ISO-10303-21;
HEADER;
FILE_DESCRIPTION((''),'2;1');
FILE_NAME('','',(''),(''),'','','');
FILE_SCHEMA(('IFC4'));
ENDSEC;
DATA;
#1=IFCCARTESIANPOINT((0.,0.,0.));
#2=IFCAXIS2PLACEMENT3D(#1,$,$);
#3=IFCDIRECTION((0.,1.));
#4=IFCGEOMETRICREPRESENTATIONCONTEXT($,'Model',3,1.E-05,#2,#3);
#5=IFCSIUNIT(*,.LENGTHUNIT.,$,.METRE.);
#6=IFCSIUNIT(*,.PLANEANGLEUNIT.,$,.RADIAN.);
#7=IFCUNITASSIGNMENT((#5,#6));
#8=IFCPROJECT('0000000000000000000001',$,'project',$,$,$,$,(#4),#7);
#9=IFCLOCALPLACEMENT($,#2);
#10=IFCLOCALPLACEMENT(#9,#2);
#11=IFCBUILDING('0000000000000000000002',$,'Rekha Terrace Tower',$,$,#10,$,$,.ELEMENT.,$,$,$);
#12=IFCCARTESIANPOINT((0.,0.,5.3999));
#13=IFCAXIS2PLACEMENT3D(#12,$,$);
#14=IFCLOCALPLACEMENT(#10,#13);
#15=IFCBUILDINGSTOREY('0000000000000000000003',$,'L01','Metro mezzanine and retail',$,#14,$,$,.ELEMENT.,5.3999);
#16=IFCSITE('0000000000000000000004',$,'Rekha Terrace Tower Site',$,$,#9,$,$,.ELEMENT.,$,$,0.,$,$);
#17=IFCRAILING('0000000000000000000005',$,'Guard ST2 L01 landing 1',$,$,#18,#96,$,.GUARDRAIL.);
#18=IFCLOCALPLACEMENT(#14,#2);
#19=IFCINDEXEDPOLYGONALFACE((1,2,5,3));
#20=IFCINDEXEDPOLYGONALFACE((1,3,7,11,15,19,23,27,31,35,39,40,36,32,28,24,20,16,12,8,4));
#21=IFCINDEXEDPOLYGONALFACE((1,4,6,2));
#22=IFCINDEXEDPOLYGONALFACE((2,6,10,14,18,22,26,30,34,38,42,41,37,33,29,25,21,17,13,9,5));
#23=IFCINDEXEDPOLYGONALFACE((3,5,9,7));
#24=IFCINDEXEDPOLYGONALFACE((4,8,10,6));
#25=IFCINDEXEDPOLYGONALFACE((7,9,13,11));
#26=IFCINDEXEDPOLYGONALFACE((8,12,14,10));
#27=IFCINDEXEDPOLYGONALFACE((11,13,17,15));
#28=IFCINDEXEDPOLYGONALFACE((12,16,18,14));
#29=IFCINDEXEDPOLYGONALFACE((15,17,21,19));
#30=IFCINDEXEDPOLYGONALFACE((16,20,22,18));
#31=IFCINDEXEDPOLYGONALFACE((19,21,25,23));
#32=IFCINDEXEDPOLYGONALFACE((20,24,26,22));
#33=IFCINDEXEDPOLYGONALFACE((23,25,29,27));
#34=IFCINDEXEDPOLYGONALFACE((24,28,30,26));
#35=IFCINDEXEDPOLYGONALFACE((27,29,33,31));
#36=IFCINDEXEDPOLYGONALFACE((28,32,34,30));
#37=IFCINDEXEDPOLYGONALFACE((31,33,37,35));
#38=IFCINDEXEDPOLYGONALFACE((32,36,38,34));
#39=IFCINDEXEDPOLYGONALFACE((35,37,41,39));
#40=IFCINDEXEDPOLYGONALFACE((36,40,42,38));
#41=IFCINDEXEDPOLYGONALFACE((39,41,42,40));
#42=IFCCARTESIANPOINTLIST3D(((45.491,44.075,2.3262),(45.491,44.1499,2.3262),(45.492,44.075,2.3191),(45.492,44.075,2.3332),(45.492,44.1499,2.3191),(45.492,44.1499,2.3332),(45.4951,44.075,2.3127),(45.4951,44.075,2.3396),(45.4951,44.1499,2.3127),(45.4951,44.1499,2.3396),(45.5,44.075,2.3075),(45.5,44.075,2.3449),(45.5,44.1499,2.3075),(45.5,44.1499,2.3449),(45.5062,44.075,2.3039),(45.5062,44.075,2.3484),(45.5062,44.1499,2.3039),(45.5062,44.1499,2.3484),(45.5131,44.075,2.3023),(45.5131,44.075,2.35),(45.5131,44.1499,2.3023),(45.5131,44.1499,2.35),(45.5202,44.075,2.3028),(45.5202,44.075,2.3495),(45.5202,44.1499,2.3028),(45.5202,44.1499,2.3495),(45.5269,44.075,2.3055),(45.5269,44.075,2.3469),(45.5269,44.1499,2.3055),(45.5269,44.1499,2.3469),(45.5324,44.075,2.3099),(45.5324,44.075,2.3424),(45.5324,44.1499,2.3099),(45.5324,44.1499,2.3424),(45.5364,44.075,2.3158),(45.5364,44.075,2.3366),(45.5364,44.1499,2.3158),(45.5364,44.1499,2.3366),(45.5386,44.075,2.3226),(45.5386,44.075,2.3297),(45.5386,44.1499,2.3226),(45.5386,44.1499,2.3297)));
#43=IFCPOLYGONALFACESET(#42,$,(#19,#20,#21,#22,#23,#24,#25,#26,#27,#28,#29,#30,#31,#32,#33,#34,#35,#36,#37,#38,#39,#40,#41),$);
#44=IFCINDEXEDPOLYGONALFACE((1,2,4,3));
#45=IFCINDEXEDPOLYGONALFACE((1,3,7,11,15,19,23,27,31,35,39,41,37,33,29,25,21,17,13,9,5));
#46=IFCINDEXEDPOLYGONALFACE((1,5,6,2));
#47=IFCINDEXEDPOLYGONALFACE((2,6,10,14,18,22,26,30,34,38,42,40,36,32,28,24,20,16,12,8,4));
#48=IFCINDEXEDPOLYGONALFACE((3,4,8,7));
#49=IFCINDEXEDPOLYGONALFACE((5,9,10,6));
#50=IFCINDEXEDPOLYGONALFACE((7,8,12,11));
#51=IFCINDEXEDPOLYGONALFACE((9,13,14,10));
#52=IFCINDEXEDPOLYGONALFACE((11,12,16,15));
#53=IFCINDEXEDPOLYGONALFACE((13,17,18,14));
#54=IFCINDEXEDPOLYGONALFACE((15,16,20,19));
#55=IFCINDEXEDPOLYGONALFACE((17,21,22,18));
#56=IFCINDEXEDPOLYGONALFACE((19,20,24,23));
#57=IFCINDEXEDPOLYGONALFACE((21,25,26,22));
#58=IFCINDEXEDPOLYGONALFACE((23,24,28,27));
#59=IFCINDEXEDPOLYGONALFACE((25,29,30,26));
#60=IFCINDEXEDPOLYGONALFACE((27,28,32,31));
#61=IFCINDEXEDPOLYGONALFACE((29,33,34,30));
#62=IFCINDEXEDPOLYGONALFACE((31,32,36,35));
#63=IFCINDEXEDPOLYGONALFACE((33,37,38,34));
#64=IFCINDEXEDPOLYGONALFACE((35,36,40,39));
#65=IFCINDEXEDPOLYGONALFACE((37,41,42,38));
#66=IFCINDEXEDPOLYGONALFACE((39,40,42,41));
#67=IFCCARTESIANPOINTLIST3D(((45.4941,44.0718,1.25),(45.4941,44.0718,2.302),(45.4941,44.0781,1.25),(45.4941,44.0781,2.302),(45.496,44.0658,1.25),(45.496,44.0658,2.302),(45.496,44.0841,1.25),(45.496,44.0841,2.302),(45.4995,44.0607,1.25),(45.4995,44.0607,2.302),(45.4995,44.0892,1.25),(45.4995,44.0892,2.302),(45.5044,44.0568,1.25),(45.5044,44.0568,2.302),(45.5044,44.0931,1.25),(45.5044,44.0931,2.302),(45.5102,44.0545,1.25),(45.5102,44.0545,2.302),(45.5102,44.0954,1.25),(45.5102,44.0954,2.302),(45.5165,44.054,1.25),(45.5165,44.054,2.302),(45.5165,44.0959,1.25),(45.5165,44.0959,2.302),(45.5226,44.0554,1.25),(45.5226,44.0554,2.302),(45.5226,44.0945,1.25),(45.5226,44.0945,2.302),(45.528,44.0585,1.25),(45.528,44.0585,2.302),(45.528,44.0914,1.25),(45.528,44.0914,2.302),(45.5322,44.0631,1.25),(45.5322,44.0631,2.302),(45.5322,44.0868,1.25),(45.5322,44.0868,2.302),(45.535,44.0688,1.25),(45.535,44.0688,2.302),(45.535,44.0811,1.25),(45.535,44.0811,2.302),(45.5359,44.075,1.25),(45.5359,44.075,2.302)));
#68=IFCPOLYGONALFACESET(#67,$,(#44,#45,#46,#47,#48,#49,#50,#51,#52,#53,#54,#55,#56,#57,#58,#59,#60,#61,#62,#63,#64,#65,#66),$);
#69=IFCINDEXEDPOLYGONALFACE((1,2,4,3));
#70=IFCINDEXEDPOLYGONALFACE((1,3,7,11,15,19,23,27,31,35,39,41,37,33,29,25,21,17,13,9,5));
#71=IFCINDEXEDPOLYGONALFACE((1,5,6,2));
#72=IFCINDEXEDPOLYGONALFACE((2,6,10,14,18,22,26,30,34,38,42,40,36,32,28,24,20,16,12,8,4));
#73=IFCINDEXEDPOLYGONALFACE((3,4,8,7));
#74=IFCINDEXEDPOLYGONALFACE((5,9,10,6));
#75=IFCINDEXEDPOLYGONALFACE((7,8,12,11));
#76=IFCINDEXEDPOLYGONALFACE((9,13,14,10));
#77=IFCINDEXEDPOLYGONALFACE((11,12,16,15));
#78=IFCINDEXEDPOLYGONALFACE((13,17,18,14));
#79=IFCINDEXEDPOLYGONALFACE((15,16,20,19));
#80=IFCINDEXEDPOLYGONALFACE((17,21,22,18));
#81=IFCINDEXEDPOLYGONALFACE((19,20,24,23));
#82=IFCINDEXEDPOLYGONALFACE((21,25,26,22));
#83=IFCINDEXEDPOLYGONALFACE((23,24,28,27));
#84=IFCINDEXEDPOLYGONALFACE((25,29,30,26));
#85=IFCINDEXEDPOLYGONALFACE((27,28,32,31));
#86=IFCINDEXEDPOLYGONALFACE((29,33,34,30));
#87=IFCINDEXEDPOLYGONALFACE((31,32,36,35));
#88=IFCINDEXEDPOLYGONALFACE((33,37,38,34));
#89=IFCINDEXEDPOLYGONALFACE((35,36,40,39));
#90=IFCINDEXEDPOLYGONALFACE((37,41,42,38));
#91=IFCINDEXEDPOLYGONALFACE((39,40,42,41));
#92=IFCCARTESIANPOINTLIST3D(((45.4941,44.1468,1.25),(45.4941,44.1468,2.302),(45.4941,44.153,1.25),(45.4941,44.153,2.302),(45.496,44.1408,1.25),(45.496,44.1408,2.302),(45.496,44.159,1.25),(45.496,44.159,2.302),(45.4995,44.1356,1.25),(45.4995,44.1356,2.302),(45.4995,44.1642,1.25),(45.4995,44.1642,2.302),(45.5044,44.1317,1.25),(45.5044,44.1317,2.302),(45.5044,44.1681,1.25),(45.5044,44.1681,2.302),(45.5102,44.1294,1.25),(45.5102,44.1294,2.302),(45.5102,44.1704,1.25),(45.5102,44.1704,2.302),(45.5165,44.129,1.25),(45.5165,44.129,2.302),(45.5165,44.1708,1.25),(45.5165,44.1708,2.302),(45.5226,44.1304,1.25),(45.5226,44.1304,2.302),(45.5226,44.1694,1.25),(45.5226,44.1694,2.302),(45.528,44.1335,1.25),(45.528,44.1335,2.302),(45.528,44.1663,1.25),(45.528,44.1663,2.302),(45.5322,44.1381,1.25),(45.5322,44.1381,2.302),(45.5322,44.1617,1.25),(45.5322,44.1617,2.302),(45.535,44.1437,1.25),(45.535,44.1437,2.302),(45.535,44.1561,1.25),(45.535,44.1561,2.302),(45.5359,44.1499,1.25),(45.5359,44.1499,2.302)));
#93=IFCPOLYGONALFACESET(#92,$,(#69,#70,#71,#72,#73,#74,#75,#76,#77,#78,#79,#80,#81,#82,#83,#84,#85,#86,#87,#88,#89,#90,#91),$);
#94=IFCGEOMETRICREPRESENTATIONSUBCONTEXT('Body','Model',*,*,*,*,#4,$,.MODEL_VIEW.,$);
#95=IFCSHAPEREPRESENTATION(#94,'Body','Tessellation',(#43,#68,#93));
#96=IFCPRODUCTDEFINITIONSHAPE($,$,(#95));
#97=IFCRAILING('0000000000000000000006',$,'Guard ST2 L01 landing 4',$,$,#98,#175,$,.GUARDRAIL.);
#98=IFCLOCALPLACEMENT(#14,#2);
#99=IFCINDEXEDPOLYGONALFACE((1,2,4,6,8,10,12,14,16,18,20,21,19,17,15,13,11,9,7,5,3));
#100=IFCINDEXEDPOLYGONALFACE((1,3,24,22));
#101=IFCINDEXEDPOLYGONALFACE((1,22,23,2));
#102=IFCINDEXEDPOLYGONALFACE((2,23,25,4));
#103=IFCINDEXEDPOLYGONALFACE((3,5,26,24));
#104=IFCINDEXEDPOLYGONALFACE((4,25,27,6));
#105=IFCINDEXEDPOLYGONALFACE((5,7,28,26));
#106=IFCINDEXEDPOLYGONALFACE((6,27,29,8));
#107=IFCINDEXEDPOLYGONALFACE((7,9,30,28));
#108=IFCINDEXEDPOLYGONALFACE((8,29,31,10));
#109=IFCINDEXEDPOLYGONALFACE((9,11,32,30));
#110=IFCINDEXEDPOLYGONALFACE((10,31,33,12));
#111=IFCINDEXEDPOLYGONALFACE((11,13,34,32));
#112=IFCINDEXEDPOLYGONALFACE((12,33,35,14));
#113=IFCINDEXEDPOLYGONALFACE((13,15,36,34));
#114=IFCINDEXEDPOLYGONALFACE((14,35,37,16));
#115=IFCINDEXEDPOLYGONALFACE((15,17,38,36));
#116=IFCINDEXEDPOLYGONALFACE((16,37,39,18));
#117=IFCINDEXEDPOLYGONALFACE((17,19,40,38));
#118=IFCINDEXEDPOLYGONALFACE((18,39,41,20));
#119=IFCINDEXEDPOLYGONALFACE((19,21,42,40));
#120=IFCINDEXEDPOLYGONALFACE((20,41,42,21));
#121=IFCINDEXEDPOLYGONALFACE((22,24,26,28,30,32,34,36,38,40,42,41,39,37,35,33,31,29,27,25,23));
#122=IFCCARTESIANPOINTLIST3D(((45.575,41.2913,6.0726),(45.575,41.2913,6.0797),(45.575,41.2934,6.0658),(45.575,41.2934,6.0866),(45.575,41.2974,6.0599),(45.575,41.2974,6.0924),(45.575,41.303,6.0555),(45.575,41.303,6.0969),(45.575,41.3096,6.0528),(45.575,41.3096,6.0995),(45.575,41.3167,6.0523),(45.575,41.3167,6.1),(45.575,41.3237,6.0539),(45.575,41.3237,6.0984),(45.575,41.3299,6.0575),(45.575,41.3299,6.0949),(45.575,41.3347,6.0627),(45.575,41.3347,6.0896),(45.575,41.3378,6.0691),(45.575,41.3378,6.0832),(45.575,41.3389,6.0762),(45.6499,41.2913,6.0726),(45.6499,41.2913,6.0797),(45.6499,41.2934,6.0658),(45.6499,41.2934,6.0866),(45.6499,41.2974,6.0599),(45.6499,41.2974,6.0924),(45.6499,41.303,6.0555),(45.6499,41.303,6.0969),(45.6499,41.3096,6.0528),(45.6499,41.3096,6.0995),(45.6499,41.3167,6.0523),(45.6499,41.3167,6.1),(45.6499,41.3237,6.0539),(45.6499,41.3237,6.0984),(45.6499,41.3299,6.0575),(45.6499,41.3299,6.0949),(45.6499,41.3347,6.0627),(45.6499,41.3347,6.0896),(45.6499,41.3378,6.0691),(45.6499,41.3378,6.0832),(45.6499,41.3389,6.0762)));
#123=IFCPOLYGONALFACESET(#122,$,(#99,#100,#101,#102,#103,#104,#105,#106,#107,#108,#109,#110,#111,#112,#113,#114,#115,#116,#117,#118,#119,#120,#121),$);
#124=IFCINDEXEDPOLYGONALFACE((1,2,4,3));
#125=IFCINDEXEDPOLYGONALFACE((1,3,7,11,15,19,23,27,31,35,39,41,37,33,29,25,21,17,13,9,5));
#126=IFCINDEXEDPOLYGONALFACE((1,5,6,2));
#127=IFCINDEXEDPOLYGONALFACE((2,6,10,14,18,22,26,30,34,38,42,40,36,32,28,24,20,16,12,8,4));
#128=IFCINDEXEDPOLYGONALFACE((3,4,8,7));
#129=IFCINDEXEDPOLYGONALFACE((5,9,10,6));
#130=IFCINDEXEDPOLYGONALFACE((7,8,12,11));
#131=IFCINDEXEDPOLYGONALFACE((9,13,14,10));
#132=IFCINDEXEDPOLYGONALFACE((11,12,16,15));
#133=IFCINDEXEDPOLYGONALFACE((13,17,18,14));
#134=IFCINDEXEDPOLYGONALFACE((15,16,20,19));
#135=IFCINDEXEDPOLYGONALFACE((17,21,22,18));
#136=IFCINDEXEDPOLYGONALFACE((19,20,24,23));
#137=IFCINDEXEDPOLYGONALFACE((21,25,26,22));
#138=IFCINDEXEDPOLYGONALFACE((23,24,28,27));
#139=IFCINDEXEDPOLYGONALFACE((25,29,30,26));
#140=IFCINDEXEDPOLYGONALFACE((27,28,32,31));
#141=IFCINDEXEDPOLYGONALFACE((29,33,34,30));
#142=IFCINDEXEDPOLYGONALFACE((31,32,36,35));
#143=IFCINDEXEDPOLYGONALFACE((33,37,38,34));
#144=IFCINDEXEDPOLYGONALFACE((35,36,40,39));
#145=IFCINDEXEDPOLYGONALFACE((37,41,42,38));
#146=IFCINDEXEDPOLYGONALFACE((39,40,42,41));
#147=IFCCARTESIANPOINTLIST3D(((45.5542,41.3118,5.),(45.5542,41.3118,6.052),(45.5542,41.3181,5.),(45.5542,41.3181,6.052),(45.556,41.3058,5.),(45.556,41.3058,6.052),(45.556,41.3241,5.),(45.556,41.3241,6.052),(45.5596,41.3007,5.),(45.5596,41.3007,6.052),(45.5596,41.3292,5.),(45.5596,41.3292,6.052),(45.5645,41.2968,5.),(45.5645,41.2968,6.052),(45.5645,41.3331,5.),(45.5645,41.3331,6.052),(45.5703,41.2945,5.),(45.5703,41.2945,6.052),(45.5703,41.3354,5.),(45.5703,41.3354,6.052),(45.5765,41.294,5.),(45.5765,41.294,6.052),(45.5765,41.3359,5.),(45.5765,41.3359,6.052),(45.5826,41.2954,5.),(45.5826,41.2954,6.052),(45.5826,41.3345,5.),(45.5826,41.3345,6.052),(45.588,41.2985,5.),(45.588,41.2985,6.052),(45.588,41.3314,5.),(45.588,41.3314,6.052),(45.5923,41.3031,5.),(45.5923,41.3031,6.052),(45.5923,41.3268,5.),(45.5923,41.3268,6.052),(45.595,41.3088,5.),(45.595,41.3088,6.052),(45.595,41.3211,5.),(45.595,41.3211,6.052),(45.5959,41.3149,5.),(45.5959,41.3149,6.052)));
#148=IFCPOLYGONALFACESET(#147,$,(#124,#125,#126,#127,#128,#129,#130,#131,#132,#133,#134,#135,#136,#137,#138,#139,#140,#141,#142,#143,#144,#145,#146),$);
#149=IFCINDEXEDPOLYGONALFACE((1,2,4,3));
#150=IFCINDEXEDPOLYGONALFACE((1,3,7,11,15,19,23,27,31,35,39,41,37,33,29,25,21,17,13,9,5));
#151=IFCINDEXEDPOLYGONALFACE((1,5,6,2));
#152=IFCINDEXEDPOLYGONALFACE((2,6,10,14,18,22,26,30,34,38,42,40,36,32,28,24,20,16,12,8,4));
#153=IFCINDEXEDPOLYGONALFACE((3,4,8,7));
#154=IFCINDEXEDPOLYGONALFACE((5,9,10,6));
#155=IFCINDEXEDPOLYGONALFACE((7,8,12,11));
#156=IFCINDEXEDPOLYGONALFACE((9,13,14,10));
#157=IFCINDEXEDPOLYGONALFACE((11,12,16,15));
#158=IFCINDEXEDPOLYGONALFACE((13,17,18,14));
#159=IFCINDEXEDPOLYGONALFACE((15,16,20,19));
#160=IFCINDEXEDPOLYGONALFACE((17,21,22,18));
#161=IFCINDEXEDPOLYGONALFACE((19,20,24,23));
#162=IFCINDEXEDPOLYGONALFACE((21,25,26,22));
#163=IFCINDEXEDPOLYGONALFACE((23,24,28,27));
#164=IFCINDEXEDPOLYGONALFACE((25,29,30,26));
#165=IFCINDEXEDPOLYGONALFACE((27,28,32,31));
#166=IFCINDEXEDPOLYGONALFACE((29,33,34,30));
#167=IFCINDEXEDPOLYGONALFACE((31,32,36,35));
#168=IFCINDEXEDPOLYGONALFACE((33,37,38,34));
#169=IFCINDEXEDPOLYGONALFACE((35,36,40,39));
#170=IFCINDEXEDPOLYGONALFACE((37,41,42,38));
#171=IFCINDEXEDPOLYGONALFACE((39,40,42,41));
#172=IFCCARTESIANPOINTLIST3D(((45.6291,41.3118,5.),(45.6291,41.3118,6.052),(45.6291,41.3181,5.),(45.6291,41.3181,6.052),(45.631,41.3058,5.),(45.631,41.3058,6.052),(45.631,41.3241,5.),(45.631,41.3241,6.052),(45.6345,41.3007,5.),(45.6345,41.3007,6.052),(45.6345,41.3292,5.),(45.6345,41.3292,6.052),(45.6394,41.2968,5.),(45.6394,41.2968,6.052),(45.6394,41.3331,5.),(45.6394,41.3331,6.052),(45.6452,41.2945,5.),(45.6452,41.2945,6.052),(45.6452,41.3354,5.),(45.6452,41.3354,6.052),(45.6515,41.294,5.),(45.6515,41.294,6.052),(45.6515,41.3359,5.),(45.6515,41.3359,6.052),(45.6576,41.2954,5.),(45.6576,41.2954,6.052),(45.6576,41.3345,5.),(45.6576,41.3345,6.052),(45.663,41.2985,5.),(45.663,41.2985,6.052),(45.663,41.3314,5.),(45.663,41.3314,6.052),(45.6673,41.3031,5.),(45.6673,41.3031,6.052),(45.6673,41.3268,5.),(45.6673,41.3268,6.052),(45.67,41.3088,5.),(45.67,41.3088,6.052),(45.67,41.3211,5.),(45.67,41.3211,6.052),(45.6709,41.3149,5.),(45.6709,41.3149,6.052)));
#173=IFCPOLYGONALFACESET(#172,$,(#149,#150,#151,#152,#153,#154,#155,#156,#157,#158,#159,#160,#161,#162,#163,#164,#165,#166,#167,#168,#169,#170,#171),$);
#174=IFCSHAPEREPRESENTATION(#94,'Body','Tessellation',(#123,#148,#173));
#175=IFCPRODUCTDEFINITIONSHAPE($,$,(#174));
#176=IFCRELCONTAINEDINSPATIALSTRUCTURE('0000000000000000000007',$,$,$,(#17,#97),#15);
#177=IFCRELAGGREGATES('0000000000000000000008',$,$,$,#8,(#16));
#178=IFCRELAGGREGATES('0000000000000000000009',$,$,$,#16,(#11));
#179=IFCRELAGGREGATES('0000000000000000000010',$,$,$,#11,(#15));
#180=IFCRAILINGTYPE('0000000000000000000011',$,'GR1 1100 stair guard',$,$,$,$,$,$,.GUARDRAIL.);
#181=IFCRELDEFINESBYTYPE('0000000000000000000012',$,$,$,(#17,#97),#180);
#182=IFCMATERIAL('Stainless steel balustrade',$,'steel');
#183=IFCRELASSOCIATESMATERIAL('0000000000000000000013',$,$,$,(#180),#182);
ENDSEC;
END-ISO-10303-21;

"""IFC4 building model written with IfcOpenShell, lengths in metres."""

from ifc_helpers import new_model, si_unit, direction, frame, origin, origin_2d, place, context, subcontext, project, spatial, circle, extrude, material, type_object, element, save


model = new_model("IFC4")

# Units and contexts
model_context = context("Model", 3, precision=1e-05, world=origin(), true_north=direction((0.0, 1.0)))
body_context = subcontext(model_context, "Body", "Model", "MODEL_VIEW")
ifc_project = project(units=[si_unit("LENGTHUNIT", "METRE"), si_unit("PLANEANGLEUNIT", "RADIAN")], contexts=[model_context])

# Site, building, storey
site_placement = place(None, origin())
site = spatial("IfcSite", under=ifc_project, at=site_placement, Name="Rekha Terrace Tower Site", CompositionType="ELEMENT", RefElevation=0.0)
building_placement = place(site_placement, origin())
building = spatial("IfcBuilding", under=site, at=building_placement, Name="Rekha Terrace Tower", CompositionType="ELEMENT")
storey_placement = place(building_placement, frame((0.0, 0.0, 5.3999)))
storey = spatial("IfcBuildingStorey", under=building, at=storey_placement, Name="L01", Description="Metro mezzanine and retail", CompositionType="ELEMENT", Elevation=5.3999)

# Railings
ifc_material_1 = material(Name="Stainless steel balustrade", Category="steel")
railing_type_1 = type_object("IfcRailingType", Name="GR1 1100 stair guard", PredefinedType="GUARDRAIL", material=ifc_material_1)
railing_1_placement = place(storey_placement, frame((45.5149, 44.075, 1.25)))
element("IfcRailing", 1, at=railing_1_placement, inside=storey, type_object=railing_type_1, Name="Guard ST2 L01 landing 1", PredefinedType="GUARDRAIL", context=body_context, shape_type="SweptSolid", body=[
    extrude(circle(Radius=0.0239, at=origin_2d()), frame((0.0, 0.0, 1.0762), z_axis=(0.0, 1.0, 0.0), x_axis=(-1.0, 0.0, 0.0)), (0.0, 0.0, 1.0), 0.075),
    extrude(circle(Radius=0.021, at=origin_2d()), origin(), (0.0, 0.0, 1.0), 1.052),
    extrude(circle(Radius=0.021, at=origin_2d()), frame((0.0, 0.075, 0.0)), (0.0, 0.0, 1.0), 1.052),
])
railing_2_placement = place(storey_placement, frame((45.575, 41.3149, 5.0)))
element("IfcRailing", 2, at=railing_2_placement, inside=storey, type_object=railing_type_1, Name="Guard ST2 L01 landing 4", PredefinedType="GUARDRAIL", context=body_context, shape_type="SweptSolid", body=[
    extrude(circle(Radius=0.0239, at=origin_2d()), frame((0.0, 0.0, 1.0762), z_axis=(1.0, 0.0, 0.0), x_axis=(0.0, 1.0, 0.0)), (0.0, 0.0, 1.0), 0.075),
    extrude(circle(Radius=0.021, at=origin_2d()), origin(), (0.0, 0.0, 1.0), 1.052),
    extrude(circle(Radius=0.021, at=origin_2d()), frame((0.075, 0.0, 0.0)), (0.0, 0.0, 1.0), 1.052),
])

save(model, "model.ifc")
